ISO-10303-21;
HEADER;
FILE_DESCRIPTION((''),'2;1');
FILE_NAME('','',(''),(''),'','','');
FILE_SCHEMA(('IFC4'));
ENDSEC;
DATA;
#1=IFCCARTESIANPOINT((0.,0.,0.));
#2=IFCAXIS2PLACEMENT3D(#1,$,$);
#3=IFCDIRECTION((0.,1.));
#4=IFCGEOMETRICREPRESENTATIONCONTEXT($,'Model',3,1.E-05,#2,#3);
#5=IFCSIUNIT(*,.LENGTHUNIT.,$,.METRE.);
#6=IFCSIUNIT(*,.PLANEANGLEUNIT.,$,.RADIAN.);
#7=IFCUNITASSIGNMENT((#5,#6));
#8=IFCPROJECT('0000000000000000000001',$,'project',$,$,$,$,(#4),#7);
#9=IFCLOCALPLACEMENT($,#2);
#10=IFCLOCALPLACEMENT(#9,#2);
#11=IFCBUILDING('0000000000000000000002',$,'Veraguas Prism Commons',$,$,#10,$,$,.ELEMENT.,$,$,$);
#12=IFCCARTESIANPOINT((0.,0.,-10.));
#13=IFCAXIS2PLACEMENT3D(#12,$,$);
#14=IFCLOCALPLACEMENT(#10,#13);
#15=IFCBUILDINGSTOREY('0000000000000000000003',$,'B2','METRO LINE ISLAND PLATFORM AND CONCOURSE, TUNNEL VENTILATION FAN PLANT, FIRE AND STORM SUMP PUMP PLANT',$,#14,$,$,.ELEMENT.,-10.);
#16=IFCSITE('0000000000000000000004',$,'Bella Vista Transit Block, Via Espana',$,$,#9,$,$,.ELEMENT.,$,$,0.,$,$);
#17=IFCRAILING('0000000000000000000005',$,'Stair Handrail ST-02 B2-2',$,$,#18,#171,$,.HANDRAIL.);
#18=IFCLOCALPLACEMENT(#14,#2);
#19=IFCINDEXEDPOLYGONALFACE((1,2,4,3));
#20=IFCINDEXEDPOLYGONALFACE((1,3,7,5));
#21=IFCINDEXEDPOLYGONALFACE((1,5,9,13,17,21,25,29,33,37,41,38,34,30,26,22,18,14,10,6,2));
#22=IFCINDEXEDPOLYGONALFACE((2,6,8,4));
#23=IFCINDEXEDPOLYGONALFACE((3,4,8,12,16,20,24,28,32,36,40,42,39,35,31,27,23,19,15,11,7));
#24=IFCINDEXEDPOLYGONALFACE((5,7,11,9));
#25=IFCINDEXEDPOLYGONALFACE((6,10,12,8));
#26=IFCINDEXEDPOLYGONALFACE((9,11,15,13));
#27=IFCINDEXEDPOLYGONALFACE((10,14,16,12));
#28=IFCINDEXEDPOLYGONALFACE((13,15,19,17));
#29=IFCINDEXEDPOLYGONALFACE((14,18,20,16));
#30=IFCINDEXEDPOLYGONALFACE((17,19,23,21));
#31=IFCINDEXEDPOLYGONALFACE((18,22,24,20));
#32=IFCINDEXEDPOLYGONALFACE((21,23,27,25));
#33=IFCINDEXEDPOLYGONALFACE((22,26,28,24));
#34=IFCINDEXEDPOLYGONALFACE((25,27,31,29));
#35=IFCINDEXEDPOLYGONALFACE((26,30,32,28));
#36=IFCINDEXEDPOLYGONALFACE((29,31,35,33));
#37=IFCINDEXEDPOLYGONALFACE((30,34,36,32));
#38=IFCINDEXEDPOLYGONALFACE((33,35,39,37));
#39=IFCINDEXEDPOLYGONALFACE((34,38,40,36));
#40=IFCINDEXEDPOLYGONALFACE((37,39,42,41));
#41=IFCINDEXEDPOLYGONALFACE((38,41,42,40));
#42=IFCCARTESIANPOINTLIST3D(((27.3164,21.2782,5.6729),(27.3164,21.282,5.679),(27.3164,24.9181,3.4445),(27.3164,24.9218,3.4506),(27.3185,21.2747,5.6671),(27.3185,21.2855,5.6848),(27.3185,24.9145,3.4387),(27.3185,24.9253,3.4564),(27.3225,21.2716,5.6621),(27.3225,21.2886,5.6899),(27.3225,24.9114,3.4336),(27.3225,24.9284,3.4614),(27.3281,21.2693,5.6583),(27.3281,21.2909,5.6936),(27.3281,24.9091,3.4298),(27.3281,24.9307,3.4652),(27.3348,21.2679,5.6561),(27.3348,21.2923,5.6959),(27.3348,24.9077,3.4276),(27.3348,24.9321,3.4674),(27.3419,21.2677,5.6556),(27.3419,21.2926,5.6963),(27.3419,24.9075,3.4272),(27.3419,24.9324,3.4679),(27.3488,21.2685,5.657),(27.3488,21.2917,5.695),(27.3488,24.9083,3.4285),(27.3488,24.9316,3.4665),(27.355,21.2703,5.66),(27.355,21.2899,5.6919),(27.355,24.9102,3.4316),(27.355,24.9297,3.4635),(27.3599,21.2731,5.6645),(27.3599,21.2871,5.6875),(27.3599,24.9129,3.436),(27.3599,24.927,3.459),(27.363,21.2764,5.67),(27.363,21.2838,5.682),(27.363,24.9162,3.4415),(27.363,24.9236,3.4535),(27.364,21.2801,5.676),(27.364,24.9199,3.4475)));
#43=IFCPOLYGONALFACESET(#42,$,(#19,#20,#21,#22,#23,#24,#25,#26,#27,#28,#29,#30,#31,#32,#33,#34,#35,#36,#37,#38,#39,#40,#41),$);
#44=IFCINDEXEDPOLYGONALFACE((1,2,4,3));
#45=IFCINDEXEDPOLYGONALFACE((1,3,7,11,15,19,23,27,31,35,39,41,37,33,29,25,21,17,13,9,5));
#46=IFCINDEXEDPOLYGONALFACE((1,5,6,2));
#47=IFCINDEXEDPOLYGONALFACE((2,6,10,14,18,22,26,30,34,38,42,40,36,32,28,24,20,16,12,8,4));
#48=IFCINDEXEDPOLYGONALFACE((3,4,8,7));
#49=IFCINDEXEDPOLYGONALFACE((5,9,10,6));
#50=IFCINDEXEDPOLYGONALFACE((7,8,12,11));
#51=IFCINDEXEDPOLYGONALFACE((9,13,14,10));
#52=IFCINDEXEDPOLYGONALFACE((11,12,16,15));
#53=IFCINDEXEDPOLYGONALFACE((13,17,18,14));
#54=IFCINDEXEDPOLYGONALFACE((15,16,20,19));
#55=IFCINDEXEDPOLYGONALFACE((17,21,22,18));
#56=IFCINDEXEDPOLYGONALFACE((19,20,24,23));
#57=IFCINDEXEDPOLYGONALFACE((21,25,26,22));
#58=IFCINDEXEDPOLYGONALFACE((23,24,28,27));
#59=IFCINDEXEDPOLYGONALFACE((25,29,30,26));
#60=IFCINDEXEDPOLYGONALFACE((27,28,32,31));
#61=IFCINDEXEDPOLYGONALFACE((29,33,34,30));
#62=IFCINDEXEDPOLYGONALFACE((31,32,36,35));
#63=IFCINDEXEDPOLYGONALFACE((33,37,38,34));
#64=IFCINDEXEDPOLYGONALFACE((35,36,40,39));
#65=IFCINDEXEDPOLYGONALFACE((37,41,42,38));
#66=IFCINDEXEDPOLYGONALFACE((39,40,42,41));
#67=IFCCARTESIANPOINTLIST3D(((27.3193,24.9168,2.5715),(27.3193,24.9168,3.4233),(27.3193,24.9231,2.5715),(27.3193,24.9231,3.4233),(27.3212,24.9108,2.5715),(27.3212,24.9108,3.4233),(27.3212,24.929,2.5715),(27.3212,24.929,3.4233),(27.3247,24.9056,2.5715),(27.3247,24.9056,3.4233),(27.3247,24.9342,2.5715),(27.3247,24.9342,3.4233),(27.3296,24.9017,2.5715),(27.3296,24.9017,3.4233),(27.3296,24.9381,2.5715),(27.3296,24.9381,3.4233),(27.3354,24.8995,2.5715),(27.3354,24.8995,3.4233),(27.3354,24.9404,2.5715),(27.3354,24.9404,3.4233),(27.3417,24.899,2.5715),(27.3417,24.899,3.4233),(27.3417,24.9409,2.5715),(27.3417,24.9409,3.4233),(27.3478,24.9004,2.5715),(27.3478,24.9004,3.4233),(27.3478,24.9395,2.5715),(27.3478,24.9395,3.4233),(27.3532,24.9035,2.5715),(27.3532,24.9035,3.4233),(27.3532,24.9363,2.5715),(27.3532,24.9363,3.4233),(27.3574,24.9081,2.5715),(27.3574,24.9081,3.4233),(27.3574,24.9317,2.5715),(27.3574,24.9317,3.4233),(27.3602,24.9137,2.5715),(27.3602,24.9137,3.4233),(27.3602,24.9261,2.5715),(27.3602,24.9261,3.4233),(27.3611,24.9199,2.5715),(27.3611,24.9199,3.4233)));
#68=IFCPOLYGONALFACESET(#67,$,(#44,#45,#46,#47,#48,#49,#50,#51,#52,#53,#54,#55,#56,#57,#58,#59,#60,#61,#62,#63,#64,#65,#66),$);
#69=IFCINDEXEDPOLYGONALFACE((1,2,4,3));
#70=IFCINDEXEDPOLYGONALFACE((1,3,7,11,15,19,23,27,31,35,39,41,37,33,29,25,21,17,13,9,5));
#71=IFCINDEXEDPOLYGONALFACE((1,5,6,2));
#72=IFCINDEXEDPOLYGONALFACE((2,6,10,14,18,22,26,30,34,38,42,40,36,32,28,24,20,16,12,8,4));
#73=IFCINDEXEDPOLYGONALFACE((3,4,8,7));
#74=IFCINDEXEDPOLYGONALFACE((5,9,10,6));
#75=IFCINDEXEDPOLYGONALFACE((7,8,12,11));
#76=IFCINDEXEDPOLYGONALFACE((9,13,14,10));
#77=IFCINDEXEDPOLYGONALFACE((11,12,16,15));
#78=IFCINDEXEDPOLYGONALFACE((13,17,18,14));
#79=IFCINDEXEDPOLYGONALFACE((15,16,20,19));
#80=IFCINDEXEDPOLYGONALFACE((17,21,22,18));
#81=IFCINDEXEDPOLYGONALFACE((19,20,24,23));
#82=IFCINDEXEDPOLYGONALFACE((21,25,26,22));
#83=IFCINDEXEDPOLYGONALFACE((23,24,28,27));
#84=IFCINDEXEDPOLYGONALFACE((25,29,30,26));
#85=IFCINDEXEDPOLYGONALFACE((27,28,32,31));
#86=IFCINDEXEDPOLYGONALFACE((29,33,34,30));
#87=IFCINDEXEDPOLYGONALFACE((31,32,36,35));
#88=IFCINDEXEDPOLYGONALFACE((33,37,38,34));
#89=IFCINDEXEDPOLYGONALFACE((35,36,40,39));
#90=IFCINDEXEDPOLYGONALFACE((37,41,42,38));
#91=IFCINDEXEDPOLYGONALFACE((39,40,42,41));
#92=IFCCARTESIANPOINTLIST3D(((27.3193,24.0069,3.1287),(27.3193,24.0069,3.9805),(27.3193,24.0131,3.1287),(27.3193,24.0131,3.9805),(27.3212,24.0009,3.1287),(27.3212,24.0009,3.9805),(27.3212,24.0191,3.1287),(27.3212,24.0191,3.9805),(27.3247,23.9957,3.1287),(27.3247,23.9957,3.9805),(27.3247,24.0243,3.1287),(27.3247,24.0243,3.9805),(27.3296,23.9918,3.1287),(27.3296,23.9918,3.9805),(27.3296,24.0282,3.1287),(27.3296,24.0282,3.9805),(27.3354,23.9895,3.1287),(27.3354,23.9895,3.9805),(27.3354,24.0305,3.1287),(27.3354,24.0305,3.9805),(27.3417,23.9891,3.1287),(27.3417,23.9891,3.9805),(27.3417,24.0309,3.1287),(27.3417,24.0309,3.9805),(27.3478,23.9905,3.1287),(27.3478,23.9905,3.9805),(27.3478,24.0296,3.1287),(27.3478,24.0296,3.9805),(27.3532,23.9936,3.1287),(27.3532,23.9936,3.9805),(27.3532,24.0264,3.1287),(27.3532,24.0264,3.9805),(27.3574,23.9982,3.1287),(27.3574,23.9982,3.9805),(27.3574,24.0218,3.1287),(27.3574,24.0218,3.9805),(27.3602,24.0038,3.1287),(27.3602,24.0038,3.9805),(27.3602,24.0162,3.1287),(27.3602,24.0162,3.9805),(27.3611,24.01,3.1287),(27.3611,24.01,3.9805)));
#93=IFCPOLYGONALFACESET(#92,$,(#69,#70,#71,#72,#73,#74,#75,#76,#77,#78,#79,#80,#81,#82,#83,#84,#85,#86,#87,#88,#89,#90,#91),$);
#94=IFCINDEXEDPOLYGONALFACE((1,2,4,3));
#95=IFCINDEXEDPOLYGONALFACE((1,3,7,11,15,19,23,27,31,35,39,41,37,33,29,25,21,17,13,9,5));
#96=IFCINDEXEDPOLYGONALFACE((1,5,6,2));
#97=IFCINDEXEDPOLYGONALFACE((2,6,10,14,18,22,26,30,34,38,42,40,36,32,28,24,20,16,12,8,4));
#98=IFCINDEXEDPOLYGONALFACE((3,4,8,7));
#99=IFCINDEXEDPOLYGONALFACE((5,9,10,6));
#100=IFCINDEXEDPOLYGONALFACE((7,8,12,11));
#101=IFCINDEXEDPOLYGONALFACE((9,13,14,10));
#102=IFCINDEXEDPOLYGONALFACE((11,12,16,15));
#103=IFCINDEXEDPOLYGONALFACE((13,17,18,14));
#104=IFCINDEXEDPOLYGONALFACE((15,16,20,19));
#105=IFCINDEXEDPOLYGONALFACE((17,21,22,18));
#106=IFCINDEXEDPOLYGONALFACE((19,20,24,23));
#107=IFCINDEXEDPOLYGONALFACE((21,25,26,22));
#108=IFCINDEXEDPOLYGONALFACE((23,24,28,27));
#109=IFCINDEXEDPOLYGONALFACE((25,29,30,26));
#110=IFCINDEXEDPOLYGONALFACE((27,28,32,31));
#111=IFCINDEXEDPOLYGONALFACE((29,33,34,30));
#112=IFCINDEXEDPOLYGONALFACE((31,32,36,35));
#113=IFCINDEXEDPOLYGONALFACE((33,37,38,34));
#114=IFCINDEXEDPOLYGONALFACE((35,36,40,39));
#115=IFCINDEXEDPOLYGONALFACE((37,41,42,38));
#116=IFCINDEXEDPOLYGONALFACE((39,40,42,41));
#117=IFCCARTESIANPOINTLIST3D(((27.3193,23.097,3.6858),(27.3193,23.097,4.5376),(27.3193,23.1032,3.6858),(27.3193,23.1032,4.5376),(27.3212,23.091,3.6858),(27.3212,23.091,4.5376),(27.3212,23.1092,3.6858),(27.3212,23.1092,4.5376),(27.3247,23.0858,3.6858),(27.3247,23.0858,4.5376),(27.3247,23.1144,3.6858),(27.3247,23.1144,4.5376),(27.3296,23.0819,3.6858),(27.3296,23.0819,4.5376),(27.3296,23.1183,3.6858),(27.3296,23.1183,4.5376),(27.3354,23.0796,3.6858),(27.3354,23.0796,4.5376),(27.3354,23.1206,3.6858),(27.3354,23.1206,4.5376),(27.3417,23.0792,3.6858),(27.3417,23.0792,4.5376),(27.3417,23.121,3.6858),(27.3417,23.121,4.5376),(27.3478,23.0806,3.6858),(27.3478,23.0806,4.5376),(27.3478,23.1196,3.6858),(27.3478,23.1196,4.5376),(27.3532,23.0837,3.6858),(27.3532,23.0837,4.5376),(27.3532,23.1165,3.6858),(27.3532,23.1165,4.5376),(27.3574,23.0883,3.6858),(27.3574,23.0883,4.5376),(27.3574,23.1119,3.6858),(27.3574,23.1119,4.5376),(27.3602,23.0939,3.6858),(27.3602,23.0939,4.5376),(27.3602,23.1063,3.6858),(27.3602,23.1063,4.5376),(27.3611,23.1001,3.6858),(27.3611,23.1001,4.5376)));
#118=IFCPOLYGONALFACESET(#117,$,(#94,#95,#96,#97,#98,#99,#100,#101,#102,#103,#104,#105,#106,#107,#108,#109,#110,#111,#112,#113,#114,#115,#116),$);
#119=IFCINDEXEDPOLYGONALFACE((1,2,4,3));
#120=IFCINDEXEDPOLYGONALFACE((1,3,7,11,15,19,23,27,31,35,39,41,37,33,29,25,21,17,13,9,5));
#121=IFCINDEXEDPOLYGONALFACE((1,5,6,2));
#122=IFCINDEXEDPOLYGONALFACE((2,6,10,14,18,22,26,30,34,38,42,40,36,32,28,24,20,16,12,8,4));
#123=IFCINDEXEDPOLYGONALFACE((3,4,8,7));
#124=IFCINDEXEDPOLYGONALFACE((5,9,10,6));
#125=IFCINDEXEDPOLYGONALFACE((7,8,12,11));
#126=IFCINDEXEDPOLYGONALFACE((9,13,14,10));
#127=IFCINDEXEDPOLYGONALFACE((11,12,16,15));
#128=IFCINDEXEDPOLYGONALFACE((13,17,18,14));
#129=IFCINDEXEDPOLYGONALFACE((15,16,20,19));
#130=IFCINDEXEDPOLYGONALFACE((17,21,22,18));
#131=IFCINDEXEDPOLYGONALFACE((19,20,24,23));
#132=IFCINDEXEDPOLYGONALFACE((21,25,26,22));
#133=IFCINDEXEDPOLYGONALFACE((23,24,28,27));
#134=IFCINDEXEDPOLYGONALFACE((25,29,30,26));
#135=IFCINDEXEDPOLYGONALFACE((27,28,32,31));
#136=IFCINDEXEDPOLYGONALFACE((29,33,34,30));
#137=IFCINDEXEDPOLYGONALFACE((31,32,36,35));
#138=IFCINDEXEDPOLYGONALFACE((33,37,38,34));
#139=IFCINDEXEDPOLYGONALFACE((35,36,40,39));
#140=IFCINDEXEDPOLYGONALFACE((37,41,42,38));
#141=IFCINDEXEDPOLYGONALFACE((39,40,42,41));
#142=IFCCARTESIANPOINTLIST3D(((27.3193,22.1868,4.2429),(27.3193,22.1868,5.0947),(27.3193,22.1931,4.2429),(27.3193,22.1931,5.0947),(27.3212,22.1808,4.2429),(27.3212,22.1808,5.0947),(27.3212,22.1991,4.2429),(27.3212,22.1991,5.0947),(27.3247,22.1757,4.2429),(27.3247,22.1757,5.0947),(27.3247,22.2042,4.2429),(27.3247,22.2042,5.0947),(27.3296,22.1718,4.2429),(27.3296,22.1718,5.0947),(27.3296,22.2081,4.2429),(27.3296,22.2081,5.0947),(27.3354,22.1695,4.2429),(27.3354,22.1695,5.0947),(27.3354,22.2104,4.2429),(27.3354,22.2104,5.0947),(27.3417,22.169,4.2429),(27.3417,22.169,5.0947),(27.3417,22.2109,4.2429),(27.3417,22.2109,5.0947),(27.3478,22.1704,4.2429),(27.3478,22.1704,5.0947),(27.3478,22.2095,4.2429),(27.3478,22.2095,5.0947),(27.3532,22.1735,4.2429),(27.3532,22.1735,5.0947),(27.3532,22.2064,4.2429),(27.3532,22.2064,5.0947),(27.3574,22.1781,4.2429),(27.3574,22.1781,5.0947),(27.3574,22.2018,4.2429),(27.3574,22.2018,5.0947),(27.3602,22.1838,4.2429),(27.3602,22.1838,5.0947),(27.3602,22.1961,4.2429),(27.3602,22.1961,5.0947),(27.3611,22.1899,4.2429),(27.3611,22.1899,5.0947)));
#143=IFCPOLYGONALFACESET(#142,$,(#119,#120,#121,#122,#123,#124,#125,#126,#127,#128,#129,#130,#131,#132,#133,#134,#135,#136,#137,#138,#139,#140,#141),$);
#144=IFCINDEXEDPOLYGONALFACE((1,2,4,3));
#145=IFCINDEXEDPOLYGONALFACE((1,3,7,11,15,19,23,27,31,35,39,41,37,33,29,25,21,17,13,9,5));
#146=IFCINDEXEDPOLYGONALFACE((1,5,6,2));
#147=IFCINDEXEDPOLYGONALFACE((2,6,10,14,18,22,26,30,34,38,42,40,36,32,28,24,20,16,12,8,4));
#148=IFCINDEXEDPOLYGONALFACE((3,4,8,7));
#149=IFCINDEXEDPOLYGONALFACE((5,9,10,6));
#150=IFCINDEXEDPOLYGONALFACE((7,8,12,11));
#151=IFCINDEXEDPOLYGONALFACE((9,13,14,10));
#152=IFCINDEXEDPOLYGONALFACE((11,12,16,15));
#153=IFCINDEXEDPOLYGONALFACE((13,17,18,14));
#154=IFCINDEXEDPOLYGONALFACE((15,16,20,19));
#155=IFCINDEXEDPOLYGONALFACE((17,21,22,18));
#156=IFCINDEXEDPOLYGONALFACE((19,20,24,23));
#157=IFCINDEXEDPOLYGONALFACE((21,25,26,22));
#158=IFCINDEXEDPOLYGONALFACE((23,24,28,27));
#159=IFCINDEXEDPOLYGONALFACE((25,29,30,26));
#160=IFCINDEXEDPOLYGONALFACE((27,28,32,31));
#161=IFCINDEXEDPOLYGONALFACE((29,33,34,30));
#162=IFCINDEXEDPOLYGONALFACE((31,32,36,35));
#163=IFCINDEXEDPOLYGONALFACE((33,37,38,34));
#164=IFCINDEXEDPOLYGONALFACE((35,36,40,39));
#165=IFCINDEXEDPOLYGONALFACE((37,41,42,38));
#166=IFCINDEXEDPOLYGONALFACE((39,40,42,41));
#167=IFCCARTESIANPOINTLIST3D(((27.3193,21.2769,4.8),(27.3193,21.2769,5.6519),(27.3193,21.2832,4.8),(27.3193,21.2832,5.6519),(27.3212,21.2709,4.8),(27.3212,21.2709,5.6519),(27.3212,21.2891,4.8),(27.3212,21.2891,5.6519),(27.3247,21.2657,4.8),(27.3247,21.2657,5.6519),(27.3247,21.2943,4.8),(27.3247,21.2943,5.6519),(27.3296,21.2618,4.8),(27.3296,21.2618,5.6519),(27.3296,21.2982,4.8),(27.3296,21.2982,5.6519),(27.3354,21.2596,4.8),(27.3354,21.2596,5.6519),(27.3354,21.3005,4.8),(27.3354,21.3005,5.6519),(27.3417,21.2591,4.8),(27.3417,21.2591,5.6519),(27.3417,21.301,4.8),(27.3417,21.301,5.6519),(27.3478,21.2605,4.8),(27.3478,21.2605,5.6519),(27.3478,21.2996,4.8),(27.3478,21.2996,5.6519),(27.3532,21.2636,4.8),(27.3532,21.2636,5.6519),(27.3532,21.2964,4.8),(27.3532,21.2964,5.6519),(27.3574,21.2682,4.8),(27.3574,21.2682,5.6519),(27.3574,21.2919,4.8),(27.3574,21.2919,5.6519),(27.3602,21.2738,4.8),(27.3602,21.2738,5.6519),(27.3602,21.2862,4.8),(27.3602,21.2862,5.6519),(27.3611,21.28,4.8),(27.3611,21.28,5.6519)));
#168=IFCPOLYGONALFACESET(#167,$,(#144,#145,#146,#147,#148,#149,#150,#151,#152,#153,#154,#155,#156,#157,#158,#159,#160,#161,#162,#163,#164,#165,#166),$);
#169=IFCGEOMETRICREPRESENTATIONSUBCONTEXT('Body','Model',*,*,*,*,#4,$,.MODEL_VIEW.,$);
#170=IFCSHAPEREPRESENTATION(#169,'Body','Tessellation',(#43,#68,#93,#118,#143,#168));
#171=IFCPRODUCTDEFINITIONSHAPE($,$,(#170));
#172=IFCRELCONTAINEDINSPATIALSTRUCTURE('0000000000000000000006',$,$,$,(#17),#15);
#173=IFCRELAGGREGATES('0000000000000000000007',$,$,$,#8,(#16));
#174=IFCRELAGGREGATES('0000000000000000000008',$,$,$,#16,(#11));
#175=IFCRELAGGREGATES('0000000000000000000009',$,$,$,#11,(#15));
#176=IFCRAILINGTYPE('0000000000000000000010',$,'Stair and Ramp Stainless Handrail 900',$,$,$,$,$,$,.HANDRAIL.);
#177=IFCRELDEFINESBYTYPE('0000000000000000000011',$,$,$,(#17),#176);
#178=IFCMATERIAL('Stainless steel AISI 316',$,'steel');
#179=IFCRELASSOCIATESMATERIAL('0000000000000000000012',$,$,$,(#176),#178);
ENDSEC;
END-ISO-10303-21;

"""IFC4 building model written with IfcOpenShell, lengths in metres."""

from ifc_helpers import new_model, si_unit, direction, frame, origin, origin_2d, place, context, subcontext, project, spatial, circle, extrude, material, type_object, element, save


model = new_model("IFC4")

# Units and contexts
model_context = context("Model", 3, precision=1e-05, world=origin(), true_north=direction((0.0, 1.0)))
body_context = subcontext(model_context, "Body", "Model", "MODEL_VIEW")
ifc_project = project(units=[si_unit("LENGTHUNIT", "METRE"), si_unit("PLANEANGLEUNIT", "RADIAN")], contexts=[model_context])

# Site, building, storey
site_placement = place(None, origin())
site = spatial("IfcSite", under=ifc_project, at=site_placement, Name="Bella Vista Transit Block, Via Espana", CompositionType="ELEMENT", RefElevation=0.0)
building_placement = place(site_placement, origin())
building = spatial("IfcBuilding", under=site, at=building_placement, Name="Veraguas Prism Commons", CompositionType="ELEMENT")
storey_placement = place(building_placement, frame((0.0, 0.0, -10.0)))
storey = spatial("IfcBuildingStorey", under=building, at=storey_placement, Name="B2", Description="METRO LINE ISLAND PLATFORM AND CONCOURSE, TUNNEL VENTILATION FAN PLANT, FIRE AND STORM SUMP PUMP PLANT", CompositionType="ELEMENT", Elevation=-10.0)

# Railing
ifc_material_1 = material(Name="Stainless steel AISI 316", Category="steel")
railing_type_1 = type_object("IfcRailingType", Name="Stair and Ramp Stainless Handrail 900", PredefinedType="HANDRAIL", material=ifc_material_1)
railing_1_placement = place(storey_placement, frame((27.3401, 24.9199, 2.5715)))
element("IfcRailing", 1, at=railing_1_placement, inside=storey, type_object=railing_type_1, Name="Stair Handrail ST-02 B2-2", PredefinedType="HANDRAIL", context=body_context, shape_type="SweptSolid", body=[
    extrude(circle(Radius=0.0239, at=origin_2d()), frame((0.0, 0.0, 0.876), z_axis=(0.0, -0.85285, 0.522156), x_axis=(1.0, 0.0, 0.0)), (0.0, 0.0, 1.0), 4.2678),
    extrude(circle(Radius=0.021, at=origin_2d()), origin(), (0.0, 0.0, 1.0), 0.8518),
    extrude(circle(Radius=0.021, at=origin_2d()), frame((0.0, -0.9099, 0.5571)), (0.0, 0.0, 1.0), 0.8518),
    extrude(circle(Radius=0.021, at=origin_2d()), frame((0.0, -1.8198, 1.1143)), (0.0, 0.0, 1.0), 0.8518),
    extrude(circle(Radius=0.021, at=origin_2d()), frame((0.0, -2.73, 1.6714)), (0.0, 0.0, 1.0), 0.8518),
    extrude(circle(Radius=0.021, at=origin_2d()), frame((0.0, -3.6399, 2.2285)), (0.0, 0.0, 1.0), 0.8518),
])

save(model, "model.ifc")
